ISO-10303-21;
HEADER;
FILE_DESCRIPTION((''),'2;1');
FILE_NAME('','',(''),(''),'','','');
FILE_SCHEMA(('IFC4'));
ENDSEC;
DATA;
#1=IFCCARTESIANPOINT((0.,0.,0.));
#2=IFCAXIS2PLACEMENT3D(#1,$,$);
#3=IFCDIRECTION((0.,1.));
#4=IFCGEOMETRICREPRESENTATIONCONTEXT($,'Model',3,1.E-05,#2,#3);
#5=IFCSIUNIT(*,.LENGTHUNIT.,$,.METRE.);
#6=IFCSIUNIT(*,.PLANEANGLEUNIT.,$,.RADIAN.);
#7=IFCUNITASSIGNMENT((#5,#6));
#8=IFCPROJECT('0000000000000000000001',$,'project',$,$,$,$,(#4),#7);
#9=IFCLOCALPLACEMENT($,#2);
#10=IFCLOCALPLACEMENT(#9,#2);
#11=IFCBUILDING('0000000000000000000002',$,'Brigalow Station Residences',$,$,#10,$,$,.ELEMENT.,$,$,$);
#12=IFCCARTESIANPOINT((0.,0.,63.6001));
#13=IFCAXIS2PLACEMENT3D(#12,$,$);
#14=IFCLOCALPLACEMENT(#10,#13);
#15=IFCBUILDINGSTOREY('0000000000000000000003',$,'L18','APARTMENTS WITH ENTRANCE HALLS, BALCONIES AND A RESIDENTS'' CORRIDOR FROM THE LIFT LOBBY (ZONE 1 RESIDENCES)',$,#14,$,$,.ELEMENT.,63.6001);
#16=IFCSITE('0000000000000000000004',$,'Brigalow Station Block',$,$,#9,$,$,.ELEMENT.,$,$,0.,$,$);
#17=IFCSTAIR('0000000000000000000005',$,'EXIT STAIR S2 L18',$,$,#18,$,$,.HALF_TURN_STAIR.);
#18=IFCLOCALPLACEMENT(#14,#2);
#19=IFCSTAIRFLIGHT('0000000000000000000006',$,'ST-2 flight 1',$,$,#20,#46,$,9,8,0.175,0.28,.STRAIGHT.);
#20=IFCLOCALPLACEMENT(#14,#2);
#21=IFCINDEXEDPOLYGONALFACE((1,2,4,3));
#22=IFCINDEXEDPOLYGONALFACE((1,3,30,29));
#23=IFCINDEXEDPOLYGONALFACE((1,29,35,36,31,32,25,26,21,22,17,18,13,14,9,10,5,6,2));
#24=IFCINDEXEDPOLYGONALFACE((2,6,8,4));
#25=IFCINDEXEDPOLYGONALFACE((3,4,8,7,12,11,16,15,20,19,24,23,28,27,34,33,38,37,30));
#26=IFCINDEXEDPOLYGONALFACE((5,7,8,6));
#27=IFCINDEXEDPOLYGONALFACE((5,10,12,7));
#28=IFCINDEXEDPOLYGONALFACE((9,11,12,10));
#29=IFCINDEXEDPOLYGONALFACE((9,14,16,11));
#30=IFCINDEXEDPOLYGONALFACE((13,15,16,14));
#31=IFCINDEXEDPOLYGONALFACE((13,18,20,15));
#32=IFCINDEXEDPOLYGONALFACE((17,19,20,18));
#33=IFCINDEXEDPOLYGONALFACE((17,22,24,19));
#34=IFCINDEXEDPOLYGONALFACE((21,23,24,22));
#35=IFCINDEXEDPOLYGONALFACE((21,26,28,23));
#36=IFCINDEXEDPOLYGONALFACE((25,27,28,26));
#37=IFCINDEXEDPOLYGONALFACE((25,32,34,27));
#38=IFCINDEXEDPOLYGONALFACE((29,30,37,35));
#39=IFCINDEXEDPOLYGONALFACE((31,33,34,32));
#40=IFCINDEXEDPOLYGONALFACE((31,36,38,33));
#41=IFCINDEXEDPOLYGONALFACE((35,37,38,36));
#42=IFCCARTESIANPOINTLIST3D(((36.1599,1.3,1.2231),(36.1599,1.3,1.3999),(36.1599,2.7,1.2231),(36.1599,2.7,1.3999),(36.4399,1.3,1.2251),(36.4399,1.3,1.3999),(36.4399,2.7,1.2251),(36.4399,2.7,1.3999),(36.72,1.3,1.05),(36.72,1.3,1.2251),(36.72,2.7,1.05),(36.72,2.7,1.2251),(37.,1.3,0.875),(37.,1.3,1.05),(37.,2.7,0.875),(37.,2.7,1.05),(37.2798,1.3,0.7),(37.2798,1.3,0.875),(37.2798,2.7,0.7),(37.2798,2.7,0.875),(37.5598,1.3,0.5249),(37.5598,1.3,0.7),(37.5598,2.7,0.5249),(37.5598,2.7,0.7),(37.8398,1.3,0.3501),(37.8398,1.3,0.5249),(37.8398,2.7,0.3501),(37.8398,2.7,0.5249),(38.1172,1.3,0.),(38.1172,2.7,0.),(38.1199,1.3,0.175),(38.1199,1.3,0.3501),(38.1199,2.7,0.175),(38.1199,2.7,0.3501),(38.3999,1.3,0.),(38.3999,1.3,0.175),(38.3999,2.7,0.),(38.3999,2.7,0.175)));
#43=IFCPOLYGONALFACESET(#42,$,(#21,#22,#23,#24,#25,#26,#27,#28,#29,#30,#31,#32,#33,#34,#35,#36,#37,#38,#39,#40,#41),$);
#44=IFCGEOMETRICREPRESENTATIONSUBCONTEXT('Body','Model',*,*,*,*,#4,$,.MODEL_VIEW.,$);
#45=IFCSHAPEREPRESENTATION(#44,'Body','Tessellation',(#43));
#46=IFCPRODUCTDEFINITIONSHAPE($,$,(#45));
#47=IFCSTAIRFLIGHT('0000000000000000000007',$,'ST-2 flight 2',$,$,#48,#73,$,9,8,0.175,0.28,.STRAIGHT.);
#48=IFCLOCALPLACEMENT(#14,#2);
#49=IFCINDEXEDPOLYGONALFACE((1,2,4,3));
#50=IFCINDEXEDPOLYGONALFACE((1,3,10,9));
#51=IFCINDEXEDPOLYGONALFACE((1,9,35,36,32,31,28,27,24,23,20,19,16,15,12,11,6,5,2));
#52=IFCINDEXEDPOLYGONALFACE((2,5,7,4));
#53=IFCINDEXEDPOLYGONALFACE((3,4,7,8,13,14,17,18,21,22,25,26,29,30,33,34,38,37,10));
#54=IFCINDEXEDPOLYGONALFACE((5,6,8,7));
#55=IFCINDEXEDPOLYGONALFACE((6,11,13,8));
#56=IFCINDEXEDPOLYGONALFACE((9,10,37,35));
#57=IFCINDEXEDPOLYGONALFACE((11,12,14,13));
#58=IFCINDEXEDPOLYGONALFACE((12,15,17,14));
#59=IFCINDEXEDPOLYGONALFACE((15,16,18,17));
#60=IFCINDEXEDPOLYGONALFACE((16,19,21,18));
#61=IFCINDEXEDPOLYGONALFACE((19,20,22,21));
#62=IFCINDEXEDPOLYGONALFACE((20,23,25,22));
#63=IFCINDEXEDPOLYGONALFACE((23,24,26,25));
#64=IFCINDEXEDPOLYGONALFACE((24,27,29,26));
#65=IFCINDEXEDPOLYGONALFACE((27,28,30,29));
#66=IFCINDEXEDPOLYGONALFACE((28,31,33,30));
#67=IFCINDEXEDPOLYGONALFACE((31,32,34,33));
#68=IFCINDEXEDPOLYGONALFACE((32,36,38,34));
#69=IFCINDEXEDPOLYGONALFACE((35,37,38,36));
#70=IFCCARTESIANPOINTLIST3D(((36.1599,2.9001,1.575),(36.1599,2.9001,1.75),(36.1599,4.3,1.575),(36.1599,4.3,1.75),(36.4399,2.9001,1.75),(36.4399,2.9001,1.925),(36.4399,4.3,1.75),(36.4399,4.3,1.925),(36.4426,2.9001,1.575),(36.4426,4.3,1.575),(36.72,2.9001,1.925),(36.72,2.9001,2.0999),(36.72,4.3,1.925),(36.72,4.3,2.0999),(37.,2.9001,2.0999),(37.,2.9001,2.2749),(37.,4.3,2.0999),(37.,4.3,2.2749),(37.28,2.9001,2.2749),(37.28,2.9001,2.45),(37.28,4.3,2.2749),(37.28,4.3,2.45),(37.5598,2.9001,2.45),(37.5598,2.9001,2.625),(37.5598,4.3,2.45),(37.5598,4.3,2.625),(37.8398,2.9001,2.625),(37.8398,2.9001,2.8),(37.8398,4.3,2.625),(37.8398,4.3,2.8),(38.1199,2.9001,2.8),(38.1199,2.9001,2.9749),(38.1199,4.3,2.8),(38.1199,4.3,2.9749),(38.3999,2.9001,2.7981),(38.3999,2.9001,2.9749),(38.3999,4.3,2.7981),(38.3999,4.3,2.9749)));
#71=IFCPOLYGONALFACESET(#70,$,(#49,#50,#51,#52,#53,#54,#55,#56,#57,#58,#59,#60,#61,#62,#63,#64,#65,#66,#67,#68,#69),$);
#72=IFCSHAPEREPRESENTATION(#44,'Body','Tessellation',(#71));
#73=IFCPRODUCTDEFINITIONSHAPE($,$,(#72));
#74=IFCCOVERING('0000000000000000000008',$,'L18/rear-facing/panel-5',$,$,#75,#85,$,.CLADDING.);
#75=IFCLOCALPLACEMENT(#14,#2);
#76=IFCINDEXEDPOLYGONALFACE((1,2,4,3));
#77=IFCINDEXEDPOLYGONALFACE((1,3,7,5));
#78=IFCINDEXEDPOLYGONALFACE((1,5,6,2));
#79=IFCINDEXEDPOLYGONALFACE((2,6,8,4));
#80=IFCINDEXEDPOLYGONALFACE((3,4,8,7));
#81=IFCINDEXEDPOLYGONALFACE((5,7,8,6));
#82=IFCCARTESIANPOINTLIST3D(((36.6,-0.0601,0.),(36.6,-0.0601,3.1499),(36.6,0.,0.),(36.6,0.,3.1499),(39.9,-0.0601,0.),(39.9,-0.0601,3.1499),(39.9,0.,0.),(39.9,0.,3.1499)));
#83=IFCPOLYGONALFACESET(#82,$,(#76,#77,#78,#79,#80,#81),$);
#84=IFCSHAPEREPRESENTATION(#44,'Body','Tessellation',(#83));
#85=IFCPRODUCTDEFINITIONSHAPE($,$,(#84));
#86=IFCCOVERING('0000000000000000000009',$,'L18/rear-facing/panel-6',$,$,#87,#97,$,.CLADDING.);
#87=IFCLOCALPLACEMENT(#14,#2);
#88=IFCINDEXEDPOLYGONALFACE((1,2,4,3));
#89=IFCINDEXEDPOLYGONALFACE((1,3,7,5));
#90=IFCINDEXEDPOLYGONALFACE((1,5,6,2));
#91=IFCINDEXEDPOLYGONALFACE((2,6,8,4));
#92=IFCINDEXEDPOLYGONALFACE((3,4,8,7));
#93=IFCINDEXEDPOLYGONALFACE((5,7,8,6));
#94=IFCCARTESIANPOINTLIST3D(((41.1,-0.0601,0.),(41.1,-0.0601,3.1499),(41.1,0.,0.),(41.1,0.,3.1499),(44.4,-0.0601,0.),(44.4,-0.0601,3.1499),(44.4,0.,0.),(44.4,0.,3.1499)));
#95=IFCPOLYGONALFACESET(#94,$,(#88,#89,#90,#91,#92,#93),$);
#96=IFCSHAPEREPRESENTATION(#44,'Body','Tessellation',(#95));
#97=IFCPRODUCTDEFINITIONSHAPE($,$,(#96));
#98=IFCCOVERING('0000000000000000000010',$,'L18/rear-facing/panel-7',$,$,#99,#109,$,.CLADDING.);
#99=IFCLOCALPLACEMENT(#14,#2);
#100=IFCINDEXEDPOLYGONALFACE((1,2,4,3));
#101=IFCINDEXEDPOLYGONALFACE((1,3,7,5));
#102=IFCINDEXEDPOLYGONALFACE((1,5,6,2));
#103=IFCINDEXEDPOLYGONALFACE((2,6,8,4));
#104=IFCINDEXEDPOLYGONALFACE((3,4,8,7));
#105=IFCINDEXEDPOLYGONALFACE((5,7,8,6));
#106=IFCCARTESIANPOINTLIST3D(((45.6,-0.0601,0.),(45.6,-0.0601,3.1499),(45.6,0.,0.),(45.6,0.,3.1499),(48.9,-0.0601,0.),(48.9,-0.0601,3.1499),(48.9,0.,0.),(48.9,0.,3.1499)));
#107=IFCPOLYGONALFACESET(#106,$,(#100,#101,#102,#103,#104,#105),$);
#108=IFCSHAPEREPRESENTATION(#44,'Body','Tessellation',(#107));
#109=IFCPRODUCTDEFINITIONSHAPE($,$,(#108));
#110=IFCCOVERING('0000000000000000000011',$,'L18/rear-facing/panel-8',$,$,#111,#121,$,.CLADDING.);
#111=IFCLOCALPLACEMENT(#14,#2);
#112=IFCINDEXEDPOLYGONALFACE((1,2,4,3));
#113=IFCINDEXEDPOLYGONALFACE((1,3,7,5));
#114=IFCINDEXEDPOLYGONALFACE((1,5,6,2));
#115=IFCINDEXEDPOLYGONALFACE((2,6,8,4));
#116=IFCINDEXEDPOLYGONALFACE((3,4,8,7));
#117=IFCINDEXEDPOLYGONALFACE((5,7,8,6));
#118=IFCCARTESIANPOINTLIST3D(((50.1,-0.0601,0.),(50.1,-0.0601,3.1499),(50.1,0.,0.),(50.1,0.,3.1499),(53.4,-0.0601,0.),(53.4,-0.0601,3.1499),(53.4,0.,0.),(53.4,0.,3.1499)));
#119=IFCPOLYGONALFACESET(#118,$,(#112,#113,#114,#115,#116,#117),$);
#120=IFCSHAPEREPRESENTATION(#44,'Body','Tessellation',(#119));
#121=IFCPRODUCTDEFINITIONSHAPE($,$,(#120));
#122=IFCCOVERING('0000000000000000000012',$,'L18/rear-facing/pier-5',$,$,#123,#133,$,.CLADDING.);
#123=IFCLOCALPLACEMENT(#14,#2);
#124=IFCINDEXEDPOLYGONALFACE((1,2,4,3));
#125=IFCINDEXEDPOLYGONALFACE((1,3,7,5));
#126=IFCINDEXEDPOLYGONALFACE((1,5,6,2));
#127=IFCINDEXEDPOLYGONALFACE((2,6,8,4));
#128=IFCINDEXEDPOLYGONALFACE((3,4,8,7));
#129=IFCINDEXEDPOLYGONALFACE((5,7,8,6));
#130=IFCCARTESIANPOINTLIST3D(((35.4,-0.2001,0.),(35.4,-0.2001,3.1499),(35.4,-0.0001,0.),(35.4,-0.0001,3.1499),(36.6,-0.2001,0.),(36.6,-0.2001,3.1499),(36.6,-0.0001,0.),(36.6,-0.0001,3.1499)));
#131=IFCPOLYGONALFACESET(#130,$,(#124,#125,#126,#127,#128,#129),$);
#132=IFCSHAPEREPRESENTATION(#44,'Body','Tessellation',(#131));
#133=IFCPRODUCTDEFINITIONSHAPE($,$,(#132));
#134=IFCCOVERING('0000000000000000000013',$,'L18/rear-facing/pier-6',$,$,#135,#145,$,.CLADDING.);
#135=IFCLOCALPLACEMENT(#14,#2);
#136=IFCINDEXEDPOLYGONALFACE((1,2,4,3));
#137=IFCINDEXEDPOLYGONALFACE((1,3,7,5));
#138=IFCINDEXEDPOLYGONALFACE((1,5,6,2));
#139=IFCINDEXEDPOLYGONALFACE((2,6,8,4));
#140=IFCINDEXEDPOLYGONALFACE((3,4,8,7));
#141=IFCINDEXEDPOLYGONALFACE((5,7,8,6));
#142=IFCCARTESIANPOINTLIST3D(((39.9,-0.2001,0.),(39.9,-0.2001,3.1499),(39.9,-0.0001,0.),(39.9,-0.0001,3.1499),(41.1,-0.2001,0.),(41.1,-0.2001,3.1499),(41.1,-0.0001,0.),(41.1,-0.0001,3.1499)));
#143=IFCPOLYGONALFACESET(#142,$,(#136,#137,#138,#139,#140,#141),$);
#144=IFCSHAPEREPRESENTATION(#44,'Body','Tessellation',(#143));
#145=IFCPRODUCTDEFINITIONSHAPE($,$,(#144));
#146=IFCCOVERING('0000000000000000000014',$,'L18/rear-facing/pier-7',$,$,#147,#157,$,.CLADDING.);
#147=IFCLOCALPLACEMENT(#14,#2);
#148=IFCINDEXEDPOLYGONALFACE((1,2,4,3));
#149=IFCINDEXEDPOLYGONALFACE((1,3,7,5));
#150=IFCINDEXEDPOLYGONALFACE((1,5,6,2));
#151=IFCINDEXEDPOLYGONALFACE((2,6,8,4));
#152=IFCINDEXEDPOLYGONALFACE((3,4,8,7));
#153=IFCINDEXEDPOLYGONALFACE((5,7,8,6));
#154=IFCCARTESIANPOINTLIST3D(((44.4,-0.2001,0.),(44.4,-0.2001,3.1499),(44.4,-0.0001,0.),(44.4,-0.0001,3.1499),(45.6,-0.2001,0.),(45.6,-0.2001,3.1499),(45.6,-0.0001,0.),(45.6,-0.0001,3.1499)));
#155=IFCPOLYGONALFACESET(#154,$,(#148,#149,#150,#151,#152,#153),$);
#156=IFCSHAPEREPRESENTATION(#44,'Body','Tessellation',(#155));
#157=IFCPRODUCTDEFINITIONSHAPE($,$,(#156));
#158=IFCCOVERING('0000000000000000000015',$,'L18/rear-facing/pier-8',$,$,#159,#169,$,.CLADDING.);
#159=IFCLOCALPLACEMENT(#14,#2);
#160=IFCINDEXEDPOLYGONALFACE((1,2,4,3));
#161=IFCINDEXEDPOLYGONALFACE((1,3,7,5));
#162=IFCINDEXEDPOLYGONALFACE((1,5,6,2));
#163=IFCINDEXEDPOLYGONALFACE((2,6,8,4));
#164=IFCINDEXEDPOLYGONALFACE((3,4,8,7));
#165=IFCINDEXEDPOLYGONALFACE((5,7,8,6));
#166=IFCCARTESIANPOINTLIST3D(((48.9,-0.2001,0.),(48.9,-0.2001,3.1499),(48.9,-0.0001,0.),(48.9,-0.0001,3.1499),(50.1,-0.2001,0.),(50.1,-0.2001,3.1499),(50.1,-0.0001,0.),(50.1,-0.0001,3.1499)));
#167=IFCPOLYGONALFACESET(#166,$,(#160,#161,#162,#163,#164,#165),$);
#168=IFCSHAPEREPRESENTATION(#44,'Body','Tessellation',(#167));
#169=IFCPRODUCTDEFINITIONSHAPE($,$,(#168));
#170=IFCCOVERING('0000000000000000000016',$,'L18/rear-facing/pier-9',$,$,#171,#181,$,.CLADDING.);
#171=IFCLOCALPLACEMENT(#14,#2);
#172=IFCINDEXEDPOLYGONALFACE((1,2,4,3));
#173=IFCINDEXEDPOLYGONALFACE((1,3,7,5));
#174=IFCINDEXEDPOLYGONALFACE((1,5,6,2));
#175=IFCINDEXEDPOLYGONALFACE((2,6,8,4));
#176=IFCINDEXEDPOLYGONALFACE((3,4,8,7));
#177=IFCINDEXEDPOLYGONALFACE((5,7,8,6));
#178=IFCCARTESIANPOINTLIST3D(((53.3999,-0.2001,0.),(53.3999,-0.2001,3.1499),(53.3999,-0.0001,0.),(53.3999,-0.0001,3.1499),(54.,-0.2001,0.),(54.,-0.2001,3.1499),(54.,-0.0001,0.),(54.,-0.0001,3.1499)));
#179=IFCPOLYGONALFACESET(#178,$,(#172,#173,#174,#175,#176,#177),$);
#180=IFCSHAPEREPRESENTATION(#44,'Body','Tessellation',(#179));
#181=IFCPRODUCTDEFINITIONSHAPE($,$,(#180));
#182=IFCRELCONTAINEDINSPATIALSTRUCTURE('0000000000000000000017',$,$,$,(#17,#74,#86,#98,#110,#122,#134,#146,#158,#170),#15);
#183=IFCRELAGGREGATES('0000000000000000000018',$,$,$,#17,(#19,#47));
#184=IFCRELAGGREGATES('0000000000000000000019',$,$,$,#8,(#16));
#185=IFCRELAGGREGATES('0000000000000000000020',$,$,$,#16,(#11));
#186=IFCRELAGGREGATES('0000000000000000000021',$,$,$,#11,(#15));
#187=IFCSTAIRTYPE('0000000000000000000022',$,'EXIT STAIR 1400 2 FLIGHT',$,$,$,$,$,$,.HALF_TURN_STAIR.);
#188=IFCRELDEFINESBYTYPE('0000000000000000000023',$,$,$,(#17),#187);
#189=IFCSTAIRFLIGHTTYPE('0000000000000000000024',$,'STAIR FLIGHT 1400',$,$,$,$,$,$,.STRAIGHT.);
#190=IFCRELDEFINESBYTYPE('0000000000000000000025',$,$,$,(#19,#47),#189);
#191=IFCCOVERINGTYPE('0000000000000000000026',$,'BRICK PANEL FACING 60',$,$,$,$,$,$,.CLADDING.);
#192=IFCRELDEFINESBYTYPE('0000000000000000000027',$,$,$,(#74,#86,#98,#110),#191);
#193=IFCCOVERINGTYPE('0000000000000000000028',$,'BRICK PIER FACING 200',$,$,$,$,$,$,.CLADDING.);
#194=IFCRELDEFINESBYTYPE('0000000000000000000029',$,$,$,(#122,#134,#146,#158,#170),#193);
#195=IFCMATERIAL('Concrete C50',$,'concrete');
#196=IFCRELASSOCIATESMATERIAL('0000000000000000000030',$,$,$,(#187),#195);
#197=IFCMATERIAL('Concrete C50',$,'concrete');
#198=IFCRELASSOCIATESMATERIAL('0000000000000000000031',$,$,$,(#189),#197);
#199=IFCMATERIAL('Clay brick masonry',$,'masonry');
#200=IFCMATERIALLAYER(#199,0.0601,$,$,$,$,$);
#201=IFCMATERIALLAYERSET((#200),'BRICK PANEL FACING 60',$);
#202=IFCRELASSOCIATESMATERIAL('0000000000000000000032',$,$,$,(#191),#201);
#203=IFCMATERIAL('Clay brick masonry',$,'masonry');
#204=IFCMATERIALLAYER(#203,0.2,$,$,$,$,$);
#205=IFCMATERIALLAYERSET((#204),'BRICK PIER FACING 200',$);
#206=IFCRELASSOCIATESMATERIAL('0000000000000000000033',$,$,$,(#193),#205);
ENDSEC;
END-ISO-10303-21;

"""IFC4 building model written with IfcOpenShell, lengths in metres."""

from ifc_helpers import new_model, si_unit, direction, frame, origin, origin_2d, place, context, subcontext, project, spatial, polyline, rectangle, outline, extrude, material, layer, layer_set, type_object, element, aggregate, save


model = new_model("IFC4")

# Units and contexts
model_context = context("Model", 3, precision=1e-05, world=origin(), true_north=direction((0.0, 1.0)))
body_context = subcontext(model_context, "Body", "Model", "MODEL_VIEW")
ifc_project = project(units=[si_unit("LENGTHUNIT", "METRE"), si_unit("PLANEANGLEUNIT", "RADIAN")], contexts=[model_context])

# Site, building, storey
site_placement = place(None, origin())
site = spatial("IfcSite", under=ifc_project, at=site_placement, Name="Brigalow Station Block", CompositionType="ELEMENT", RefElevation=0.0)
building_placement = place(site_placement, origin())
building = spatial("IfcBuilding", under=site, at=building_placement, Name="Brigalow Station Residences", CompositionType="ELEMENT")
storey_placement = place(building_placement, frame((0.0, 0.0, 63.6001)))
storey = spatial("IfcBuildingStorey", under=building, at=storey_placement, Name="L18", Description="APARTMENTS WITH ENTRANCE HALLS, BALCONIES AND A RESIDENTS' CORRIDOR FROM THE LIFT LOBBY (ZONE 1 RESIDENCES)", CompositionType="ELEMENT", Elevation=63.6001)

# Stair, stair flights
ifc_material_1 = material(Name="Concrete C50", Category="concrete")
stair_type = type_object("IfcStairType", Name="EXIT STAIR 1400 2 FLIGHT", PredefinedType="HALF_TURN_STAIR", material=ifc_material_1)
stair_placement = place(storey_placement, origin())
stair = element("IfcStair", 1, at=stair_placement, inside=storey, type_object=stair_type, Name="EXIT STAIR S2 L18", PredefinedType="HALF_TURN_STAIR")
ifc_material_2 = material(Name="Concrete C50", Category="concrete")
stair_flight_type = type_object("IfcStairFlightType", Name="STAIR FLIGHT 1400", PredefinedType="STRAIGHT", material=ifc_material_2)
stair_flight_1_placement = place(storey_placement, frame((38.3999, 2.0, 0.0), z_axis=(0.0, 0.0, 1.0), x_axis=(-1.0, 0.0, 0.0)))
stair_flight_1 = element("IfcStairFlight", 2, at=stair_flight_1_placement, type_object=stair_flight_type, Name="ST-2 flight 1", NumberOfRisers=9, NumberOfTreads=8, PredefinedType="STRAIGHT", RiserHeight=0.175, TreadLength=0.28, context=body_context, shape_type="SweptSolid", body=[
    extrude(outline(polyline([(0.0, 0.0), (0.0, 0.175), (0.28, 0.175), (0.28, 0.3501), (0.5601, 0.3501), (0.5601, 0.5249), (0.8401, 0.5249), (0.8401, 0.7), (1.1201, 0.7), (1.1201, 0.875), (1.3999, 0.875), (1.3999, 1.05), (1.6799, 1.05), (1.6799, 1.2251), (1.96, 1.2251), (1.96, 1.3999), (2.24, 1.3999), (2.24, 1.575), (2.24, 1.2231), (0.2827, 0.0), (0.0, 0.0)])), frame((0.0, 0.7, 0.0), z_axis=(0.0, -1.0, 0.0), x_axis=(1.0, 0.0, 0.0)), (0.0, 0.0, 1.0), 1.3999),
])
stair_flight_2_placement = place(storey_placement, frame((36.1599, 3.6001, 1.575), z_axis=(0.0, 0.0, 1.0), x_axis=(1.0, 0.0, 0.0)))
stair_flight_2 = element("IfcStairFlight", 3, at=stair_flight_2_placement, type_object=stair_flight_type, Name="ST-2 flight 2", NumberOfRisers=9, NumberOfTreads=8, PredefinedType="STRAIGHT", RiserHeight=0.175, TreadLength=0.28, context=body_context, shape_type="SweptSolid", body=[
    extrude(outline(polyline([(0.0, 0.0), (0.0, 0.175), (0.28, 0.175), (0.28, 0.3501), (0.5601, 0.3501), (0.5601, 0.5249), (0.8401, 0.5249), (0.8401, 0.7), (1.1201, 0.7), (1.1201, 0.875), (1.3999, 0.875), (1.3999, 1.05), (1.6799, 1.05), (1.6799, 1.2251), (1.96, 1.2251), (1.96, 1.3999), (2.24, 1.3999), (2.24, 1.575), (2.24, 1.2231), (0.2827, 0.0), (0.0, 0.0)])), frame((0.0, 0.7, 0.0), z_axis=(0.0, -1.0, 0.0), x_axis=(1.0, 0.0, 0.0)), (0.0, 0.0, 1.0), 1.3999),
])
aggregate(stair, [stair_flight_1, stair_flight_2])

# Coverings
ifc_material_3 = material(Name="Clay brick masonry", Category="masonry")
ifc_layer_1 = layer(ifc_material_3, 0.0601)
ifc_layer_set_1 = layer_set([ifc_layer_1], Name="BRICK PANEL FACING 60")
covering_type_1 = type_object("IfcCoveringType", Name="BRICK PANEL FACING 60", PredefinedType="CLADDING", material=ifc_layer_set_1)
for number, where, z_axis, x_axis, name in (
    (4, (38.25, -0.03, 0.0), (0.0, 0.0, 1.0), (1.0, 0.0, 0.0), "L18/rear-facing/panel-5"),
    (5, (42.75, -0.03, 0.0), (0.0, 0.0, 1.0), (1.0, 0.0, 0.0), "L18/rear-facing/panel-6"),
    (6, (47.25, -0.03, 0.0), (0.0, 0.0, 1.0), (1.0, 0.0, 0.0), "L18/rear-facing/panel-7"),
    (7, (51.75, -0.03, 0.0), (0.0, 0.0, 1.0), (1.0, 0.0, 0.0), "L18/rear-facing/panel-8"),
):
    element("IfcCovering", number, at=place(storey_placement, frame(where, z_axis=z_axis, x_axis=x_axis)), inside=storey, type_object=covering_type_1, Name=name, PredefinedType="CLADDING", context=body_context, shape_type="SweptSolid", body=[
        extrude(rectangle(XDim=3.3, YDim=0.0601, at=origin_2d()), origin(), (0.0, 0.0, 1.0), 3.1499),
    ])
ifc_material_4 = material(Name="Clay brick masonry", Category="masonry")
ifc_layer_2 = layer(ifc_material_4, 0.2)
ifc_layer_set_2 = layer_set([ifc_layer_2], Name="BRICK PIER FACING 200")
covering_type_2 = type_object("IfcCoveringType", Name="BRICK PIER FACING 200", PredefinedType="CLADDING", material=ifc_layer_set_2)
for number, where, z_axis, x_axis, name in (
    (8, (36.0, -0.1001, 0.0), (0.0, 0.0, 1.0), (1.0, 0.0, 0.0), "L18/rear-facing/pier-5"),
    (9, (40.5, -0.1001, 0.0), (0.0, 0.0, 1.0), (1.0, 0.0, 0.0), "L18/rear-facing/pier-6"),
    (10, (45.0, -0.1001, 0.0), (0.0, 0.0, 1.0), (1.0, 0.0, 0.0), "L18/rear-facing/pier-7"),
    (11, (49.5, -0.1001, 0.0), (0.0, 0.0, 1.0), (1.0, 0.0, 0.0), "L18/rear-facing/pier-8"),
):
    element("IfcCovering", number, at=place(storey_placement, frame(where, z_axis=z_axis, x_axis=x_axis)), inside=storey, type_object=covering_type_2, Name=name, PredefinedType="CLADDING", context=body_context, shape_type="SweptSolid", body=[
        extrude(rectangle(XDim=1.2, YDim=0.2, at=origin_2d()), origin(), (0.0, 0.0, 1.0), 3.1499),
    ])
covering_placement = place(storey_placement, frame((53.7, -0.1001, 0.0), z_axis=(0.0, 0.0, 1.0), x_axis=(1.0, 0.0, 0.0)))
element("IfcCovering", 12, at=covering_placement, inside=storey, type_object=covering_type_2, Name="L18/rear-facing/pier-9", PredefinedType="CLADDING", context=body_context, shape_type="SweptSolid", body=[
    extrude(rectangle(XDim=0.6001, YDim=0.2, at=origin_2d()), origin(), (0.0, 0.0, 1.0), 3.1499),
])

save(model, "model.ifc")
